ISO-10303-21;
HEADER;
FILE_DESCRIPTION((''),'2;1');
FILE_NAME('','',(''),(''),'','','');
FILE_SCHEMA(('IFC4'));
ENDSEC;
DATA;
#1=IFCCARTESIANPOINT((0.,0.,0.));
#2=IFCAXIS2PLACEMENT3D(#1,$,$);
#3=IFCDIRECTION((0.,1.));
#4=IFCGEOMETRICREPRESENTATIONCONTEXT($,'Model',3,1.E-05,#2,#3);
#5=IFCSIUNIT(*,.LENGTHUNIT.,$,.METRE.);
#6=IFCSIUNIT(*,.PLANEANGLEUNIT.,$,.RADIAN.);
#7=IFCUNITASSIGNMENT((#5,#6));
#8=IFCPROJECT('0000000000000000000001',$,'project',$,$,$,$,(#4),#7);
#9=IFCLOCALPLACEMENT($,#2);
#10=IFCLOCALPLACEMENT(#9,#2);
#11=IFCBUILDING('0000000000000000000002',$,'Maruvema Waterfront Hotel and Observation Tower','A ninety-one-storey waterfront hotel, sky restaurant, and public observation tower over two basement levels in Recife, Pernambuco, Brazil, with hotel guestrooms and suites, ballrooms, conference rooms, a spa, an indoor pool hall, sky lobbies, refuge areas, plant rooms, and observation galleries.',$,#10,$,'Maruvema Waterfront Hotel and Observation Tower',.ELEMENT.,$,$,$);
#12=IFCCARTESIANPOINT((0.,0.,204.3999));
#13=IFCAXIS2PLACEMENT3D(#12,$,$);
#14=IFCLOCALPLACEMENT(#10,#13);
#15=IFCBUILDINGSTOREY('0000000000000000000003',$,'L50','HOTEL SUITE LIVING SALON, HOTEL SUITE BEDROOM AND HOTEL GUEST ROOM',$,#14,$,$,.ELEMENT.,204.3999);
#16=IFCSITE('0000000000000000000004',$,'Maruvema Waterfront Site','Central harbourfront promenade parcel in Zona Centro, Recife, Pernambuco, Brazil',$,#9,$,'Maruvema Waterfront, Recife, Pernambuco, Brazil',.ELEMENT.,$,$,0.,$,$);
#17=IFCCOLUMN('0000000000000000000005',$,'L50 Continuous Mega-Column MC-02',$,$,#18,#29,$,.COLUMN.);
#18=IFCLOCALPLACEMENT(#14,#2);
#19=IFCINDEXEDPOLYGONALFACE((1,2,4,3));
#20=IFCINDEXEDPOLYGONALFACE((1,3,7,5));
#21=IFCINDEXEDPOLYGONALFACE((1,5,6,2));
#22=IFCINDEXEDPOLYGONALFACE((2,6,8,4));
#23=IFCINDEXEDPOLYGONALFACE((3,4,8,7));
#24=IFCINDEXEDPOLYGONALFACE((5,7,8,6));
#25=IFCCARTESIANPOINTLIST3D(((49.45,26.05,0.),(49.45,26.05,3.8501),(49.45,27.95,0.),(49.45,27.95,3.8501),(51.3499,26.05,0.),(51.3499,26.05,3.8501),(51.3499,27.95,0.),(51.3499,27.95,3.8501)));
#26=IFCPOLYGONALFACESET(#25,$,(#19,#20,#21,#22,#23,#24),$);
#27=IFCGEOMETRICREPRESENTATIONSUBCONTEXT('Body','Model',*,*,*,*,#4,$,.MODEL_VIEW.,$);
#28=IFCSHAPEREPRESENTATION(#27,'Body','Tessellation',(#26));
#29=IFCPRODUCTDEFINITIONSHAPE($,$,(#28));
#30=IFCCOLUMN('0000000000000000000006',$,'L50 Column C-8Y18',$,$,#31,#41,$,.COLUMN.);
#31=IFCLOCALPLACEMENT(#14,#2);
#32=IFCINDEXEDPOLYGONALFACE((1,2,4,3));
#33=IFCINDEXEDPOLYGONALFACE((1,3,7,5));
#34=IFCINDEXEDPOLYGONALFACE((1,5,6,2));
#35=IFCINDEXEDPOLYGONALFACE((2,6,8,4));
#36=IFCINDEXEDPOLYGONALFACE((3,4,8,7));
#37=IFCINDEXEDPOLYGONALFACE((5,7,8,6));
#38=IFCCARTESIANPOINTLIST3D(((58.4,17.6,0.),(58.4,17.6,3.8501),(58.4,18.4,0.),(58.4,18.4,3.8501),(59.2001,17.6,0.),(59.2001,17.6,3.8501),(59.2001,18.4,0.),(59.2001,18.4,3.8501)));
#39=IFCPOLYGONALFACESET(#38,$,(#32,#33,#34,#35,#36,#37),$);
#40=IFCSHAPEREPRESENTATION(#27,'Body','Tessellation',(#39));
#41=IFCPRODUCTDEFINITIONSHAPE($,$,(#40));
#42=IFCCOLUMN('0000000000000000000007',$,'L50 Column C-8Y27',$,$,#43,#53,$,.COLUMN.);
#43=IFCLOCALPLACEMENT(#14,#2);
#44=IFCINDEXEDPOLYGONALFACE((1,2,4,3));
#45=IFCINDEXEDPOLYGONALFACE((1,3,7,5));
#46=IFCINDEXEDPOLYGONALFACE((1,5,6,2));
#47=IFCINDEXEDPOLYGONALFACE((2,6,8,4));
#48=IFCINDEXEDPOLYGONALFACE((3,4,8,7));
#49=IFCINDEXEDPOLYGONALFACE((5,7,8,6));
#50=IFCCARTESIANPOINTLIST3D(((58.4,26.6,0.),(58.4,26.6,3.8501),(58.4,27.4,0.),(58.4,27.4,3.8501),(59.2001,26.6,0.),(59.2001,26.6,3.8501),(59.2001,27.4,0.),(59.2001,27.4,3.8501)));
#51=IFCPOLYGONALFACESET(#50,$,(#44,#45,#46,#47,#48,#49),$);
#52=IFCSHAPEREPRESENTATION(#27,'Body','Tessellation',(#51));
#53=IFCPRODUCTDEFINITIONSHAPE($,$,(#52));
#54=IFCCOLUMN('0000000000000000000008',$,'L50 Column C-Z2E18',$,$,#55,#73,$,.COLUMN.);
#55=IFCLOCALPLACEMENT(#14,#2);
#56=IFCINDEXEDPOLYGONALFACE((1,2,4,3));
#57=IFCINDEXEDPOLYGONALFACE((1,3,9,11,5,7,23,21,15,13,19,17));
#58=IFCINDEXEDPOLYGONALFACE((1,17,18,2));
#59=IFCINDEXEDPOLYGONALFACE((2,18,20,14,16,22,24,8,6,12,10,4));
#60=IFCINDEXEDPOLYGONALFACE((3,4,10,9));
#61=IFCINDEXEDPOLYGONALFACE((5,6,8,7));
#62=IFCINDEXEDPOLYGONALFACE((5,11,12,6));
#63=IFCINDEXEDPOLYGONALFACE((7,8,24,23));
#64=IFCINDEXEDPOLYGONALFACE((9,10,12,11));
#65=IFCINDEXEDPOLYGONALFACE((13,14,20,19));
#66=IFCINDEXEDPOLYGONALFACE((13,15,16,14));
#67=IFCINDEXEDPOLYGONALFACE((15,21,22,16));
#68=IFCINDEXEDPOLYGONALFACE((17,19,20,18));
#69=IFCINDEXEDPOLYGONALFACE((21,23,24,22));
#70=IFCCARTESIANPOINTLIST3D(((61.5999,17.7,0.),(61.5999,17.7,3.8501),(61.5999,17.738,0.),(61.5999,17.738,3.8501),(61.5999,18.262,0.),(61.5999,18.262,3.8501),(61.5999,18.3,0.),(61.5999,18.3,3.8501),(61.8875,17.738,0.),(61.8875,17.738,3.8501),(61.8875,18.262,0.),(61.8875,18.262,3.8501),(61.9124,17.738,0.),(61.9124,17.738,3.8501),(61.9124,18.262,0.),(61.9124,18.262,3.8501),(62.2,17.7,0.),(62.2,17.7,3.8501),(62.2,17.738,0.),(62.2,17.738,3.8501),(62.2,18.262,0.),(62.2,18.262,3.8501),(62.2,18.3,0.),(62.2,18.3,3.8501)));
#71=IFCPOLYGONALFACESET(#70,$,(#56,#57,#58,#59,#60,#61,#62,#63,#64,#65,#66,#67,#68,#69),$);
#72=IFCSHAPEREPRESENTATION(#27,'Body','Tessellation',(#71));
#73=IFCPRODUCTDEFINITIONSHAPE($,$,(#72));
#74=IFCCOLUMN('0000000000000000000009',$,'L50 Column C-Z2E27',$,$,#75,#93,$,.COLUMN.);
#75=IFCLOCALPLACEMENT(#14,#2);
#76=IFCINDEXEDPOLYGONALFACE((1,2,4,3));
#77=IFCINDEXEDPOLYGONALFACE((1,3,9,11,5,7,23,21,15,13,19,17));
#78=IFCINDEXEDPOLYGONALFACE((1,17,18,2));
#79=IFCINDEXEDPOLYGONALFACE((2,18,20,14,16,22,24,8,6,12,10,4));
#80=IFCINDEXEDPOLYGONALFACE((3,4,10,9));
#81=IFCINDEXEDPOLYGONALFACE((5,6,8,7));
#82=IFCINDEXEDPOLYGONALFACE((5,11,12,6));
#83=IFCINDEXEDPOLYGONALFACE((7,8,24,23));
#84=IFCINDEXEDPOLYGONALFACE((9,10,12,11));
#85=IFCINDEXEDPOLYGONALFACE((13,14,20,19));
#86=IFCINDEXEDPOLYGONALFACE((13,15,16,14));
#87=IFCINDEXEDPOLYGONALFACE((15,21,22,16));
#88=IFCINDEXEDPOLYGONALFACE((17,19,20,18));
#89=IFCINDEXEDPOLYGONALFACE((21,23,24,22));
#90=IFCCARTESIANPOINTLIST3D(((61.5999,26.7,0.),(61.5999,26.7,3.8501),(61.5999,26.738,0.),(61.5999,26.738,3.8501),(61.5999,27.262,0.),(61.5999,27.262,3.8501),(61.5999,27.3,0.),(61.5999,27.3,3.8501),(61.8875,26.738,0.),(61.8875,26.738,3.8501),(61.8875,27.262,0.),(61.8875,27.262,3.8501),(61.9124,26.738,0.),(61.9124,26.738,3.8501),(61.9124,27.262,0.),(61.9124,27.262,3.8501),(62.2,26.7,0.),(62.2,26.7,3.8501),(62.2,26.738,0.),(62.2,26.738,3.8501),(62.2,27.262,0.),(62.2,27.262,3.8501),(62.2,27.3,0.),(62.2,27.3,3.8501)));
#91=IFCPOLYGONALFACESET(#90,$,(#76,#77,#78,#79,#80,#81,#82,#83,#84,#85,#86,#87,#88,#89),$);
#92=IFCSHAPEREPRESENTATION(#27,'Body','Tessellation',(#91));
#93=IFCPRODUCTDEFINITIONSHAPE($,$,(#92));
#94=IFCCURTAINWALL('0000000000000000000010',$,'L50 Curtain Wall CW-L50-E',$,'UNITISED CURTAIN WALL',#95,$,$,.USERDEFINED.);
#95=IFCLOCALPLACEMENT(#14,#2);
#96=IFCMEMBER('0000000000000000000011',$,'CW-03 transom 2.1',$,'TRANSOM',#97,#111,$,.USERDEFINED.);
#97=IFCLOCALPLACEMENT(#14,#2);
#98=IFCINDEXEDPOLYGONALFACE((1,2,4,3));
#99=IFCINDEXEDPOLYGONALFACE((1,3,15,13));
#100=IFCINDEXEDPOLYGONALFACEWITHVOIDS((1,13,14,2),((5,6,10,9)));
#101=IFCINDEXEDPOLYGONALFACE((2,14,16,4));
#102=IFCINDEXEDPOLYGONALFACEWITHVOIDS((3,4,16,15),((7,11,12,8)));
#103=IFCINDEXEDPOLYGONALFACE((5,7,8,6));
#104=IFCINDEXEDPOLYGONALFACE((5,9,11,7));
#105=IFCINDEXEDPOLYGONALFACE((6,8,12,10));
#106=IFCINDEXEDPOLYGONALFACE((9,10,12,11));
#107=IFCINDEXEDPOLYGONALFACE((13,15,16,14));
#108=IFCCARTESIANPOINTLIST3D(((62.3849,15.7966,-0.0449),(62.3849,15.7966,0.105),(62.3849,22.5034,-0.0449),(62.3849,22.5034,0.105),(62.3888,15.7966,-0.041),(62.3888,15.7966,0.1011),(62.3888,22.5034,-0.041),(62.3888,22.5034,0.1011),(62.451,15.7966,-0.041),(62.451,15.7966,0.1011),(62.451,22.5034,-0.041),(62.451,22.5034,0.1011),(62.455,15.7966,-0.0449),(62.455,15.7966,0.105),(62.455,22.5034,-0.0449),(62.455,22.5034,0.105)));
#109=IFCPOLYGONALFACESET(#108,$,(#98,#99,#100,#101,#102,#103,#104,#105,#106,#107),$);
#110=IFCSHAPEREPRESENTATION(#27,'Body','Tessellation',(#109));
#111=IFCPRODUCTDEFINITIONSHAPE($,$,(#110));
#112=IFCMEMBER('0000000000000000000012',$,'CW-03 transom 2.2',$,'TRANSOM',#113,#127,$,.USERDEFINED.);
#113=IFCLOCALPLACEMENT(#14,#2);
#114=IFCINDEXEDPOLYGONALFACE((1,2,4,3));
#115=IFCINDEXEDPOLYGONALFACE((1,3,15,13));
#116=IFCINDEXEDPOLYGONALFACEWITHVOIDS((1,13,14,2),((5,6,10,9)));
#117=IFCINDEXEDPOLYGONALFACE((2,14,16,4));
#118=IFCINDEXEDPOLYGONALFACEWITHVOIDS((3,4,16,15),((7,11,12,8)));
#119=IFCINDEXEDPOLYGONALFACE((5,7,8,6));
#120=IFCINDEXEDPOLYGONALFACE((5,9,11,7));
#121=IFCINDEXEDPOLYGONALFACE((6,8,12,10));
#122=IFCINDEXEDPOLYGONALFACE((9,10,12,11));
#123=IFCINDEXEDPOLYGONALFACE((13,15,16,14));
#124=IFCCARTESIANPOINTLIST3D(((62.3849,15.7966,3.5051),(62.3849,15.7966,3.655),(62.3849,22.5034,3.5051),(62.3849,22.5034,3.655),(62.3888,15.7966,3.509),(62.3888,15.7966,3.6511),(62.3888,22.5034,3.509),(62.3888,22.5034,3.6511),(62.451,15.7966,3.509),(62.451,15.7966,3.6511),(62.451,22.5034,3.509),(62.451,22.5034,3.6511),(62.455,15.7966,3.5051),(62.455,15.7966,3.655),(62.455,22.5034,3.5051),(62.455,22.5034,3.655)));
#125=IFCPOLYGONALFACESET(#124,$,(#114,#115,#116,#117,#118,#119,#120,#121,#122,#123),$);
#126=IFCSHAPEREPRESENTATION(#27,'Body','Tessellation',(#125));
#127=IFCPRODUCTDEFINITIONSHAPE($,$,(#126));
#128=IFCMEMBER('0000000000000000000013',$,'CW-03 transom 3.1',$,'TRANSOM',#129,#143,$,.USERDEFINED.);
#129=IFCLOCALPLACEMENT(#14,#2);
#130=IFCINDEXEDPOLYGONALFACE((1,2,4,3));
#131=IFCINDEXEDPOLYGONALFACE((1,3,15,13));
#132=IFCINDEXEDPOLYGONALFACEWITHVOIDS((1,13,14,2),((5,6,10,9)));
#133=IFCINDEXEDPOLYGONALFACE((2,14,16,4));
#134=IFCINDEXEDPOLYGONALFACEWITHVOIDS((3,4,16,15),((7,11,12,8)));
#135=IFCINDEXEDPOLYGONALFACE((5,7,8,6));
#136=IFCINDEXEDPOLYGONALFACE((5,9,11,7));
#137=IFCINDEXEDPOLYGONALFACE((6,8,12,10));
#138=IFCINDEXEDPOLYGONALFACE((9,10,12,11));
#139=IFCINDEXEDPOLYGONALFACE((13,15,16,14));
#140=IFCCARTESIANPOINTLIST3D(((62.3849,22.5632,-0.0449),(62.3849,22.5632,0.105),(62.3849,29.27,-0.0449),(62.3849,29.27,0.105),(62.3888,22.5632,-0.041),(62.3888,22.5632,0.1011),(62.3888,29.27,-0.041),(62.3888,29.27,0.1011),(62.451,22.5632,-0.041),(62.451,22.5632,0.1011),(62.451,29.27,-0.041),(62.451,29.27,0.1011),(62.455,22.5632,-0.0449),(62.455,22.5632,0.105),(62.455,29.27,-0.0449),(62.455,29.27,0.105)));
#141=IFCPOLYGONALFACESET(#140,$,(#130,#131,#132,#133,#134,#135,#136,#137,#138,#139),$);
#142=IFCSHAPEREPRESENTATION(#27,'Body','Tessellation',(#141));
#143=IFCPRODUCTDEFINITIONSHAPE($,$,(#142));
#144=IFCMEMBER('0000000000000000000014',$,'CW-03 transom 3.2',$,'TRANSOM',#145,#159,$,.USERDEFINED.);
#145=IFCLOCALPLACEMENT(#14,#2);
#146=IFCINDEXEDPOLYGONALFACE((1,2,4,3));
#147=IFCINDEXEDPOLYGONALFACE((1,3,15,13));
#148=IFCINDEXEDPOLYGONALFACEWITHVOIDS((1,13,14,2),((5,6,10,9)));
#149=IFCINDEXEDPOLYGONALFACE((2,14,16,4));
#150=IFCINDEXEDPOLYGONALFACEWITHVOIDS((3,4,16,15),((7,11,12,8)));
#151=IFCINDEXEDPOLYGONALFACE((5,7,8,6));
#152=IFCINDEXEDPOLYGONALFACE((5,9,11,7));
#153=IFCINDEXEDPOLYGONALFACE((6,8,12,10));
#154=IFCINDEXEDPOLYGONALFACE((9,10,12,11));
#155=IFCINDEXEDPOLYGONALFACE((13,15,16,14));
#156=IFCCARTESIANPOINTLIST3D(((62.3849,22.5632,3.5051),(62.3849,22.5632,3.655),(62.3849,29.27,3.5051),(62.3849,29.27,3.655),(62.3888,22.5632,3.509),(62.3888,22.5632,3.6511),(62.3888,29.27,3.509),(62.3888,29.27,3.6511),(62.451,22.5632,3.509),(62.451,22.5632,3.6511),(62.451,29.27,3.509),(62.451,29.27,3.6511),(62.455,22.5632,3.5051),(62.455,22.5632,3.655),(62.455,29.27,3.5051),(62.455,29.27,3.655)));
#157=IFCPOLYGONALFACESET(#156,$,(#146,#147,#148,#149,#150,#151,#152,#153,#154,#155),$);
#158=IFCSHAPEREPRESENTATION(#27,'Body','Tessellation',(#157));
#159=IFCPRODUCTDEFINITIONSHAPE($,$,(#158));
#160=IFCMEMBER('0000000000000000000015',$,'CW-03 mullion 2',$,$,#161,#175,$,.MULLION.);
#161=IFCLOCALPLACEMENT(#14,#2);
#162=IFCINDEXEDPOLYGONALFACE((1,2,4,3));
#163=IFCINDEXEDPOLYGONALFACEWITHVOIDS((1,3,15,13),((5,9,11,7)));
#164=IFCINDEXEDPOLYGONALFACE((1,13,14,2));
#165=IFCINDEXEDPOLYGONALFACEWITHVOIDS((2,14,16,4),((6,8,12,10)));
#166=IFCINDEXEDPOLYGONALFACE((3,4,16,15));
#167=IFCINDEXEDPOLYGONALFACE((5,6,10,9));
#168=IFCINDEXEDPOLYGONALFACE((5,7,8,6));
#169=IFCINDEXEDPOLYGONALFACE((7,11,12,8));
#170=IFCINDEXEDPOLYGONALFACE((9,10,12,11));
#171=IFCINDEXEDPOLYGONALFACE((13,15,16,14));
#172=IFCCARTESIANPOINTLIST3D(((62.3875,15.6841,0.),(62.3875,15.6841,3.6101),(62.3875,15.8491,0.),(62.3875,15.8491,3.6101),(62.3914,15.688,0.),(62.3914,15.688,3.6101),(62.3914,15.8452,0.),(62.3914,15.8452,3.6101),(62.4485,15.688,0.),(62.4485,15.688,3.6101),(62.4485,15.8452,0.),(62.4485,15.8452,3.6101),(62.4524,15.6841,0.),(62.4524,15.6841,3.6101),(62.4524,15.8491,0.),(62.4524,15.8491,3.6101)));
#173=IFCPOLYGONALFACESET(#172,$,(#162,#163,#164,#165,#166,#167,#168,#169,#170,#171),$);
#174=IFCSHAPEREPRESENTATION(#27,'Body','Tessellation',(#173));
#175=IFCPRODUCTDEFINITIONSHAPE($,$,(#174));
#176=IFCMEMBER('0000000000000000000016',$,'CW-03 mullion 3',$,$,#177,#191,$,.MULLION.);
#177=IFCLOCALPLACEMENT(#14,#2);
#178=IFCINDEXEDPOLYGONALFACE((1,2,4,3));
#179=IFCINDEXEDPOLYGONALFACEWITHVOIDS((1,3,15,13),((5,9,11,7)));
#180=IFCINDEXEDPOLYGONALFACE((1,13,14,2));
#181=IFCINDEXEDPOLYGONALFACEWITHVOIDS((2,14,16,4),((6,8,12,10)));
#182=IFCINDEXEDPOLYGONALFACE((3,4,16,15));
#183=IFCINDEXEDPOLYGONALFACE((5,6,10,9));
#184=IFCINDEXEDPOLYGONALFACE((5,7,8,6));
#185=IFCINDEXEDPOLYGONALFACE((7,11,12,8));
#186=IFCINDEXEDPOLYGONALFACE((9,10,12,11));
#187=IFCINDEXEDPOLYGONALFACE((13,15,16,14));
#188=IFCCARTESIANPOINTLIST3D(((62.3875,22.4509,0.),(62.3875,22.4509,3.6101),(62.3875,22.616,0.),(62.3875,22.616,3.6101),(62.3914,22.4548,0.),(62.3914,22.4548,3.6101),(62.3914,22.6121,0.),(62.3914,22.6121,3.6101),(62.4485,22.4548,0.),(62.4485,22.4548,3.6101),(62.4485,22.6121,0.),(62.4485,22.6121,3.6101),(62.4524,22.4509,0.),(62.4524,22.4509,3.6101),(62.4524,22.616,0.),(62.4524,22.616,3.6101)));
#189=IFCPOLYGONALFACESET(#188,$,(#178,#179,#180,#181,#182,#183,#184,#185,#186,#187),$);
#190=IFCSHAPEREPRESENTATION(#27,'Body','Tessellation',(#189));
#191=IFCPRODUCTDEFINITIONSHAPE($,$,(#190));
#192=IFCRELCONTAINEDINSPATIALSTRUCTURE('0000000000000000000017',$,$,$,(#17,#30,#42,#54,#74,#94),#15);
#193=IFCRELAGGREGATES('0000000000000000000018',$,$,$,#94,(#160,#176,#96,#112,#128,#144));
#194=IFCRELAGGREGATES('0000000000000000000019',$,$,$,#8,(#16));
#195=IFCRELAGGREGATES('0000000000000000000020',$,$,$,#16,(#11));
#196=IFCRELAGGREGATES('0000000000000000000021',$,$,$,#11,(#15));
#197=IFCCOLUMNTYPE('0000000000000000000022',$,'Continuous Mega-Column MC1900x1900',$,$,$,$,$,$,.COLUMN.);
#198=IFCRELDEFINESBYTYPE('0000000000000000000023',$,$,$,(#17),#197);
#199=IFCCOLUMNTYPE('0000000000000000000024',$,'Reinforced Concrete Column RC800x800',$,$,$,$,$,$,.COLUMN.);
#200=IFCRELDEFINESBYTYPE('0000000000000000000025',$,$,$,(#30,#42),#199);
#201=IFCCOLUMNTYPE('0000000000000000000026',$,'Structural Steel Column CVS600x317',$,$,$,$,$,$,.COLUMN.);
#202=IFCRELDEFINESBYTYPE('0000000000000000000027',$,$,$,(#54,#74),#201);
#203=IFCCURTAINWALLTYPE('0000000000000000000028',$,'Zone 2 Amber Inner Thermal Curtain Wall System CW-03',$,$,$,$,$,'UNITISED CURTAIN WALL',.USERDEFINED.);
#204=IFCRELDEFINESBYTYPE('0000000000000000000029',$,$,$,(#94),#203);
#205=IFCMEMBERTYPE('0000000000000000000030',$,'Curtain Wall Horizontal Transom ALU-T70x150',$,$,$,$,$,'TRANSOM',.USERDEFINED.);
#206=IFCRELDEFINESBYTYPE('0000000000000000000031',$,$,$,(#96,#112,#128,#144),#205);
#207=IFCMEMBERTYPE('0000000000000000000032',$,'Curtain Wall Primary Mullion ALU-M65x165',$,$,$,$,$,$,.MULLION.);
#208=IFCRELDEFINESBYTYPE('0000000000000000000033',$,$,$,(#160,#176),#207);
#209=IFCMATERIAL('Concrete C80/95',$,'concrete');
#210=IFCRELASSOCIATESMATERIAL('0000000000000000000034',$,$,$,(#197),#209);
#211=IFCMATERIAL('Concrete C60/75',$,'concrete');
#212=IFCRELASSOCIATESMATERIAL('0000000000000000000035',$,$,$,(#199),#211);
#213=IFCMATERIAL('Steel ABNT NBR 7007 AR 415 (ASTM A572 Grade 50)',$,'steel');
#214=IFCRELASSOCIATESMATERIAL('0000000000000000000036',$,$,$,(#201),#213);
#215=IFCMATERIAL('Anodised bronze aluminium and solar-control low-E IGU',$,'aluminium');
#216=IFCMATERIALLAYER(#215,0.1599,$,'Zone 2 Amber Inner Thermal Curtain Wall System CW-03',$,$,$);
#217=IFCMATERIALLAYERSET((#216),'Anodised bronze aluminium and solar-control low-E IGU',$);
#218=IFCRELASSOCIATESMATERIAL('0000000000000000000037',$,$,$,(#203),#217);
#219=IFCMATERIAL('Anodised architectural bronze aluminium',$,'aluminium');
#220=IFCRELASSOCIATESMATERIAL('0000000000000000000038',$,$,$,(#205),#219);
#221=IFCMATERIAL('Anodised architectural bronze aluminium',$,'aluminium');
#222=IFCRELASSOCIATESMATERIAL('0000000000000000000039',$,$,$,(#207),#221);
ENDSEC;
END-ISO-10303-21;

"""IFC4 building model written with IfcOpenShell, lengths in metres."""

from ifc_helpers import new_model, si_unit, direction, frame, origin, origin_2d, place, context, subcontext, project, spatial, rectangle, hollow_rectangle, i_section, extrude, material, layer, layer_set, material_profile, profile_set, type_object, element, aggregate, save


model = new_model("IFC4")

# Units and contexts
model_context = context("Model", 3, precision=1e-05, world=origin(), true_north=direction((0.0, 1.0)))
body_context = subcontext(model_context, "Body", "Model", "MODEL_VIEW")
ifc_project = project(units=[si_unit("LENGTHUNIT", "METRE"), si_unit("PLANEANGLEUNIT", "RADIAN")], contexts=[model_context])

# Site, building, storey
site_placement = place(None, origin())
site = spatial("IfcSite", under=ifc_project, at=site_placement, Name="Maruvema Waterfront Site", Description="Central harbourfront promenade parcel in Zona Centro, Recife, Pernambuco, Brazil", LongName="Maruvema Waterfront, Recife, Pernambuco, Brazil", CompositionType="ELEMENT", RefElevation=0.0)
building_placement = place(site_placement, origin())
building = spatial("IfcBuilding", under=site, at=building_placement, Name="Maruvema Waterfront Hotel and Observation Tower", Description="A ninety-one-storey waterfront hotel, sky restaurant, and public observation tower over two basement levels in Recife, Pernambuco, Brazil, with hotel guestrooms and suites, ballrooms, conference rooms, a spa, an indoor pool hall, sky lobbies, refuge areas, plant rooms, and observation galleries.", LongName="Maruvema Waterfront Hotel and Observation Tower", CompositionType="ELEMENT")
storey_placement = place(building_placement, frame((0.0, 0.0, 204.3999)))
storey = spatial("IfcBuildingStorey", under=building, at=storey_placement, Name="L50", Description="HOTEL SUITE LIVING SALON, HOTEL SUITE BEDROOM AND HOTEL GUEST ROOM", CompositionType="ELEMENT", Elevation=204.3999)

# Columns
ifc_material_1 = material(Name="Concrete C80/95", Category="concrete")
ifc_material_profile_1 = material_profile(ifc_material_1, rectangle(XDim=1.8999, YDim=1.8999, at=origin_2d()), Name="MC1900x1900")
ifc_profile_set_1 = profile_set([ifc_material_profile_1], Name="Concrete C80/95")
column_type_1 = type_object("IfcColumnType", Name="Continuous Mega-Column MC1900x1900", PredefinedType="COLUMN", material=ifc_profile_set_1)
column_placement = place(storey_placement, frame((50.3999, 27.0, 0.0), z_axis=(0.0, 0.0, 1.0), x_axis=(1.0, 0.0, 0.0)))
element("IfcColumn", 1, at=column_placement, inside=storey, type_object=column_type_1, Name="L50 Continuous Mega-Column MC-02", PredefinedType="COLUMN", context=body_context, shape_type="SweptSolid", body=[
    extrude(rectangle(XDim=1.8999, YDim=1.8999, at=origin_2d()), origin(), (0.0, 0.0, 1.0), 3.8501),
])
ifc_material_2 = material(Name="Concrete C60/75", Category="concrete")
ifc_material_profile_2 = material_profile(ifc_material_2, rectangle(XDim=0.8, YDim=0.8, at=origin_2d()), Name="RC800x800")
ifc_profile_set_2 = profile_set([ifc_material_profile_2], Name="Concrete C60/75")
column_type_2 = type_object("IfcColumnType", Name="Reinforced Concrete Column RC800x800", PredefinedType="COLUMN", material=ifc_profile_set_2)
for number, where, z_axis, x_axis, name in (
    (2, (58.8, 18.0, 0.0), (0.0, 0.0, 1.0), (1.0, 0.0, 0.0), "L50 Column C-8Y18"),
    (3, (58.8, 27.0, 0.0), (0.0, 0.0, 1.0), (1.0, 0.0, 0.0), "L50 Column C-8Y27"),
):
    element("IfcColumn", number, at=place(storey_placement, frame(where, z_axis=z_axis, x_axis=x_axis)), inside=storey, type_object=column_type_2, Name=name, PredefinedType="COLUMN", context=body_context, shape_type="SweptSolid", body=[
        extrude(rectangle(XDim=0.8, YDim=0.8, at=origin_2d()), origin(), (0.0, 0.0, 1.0), 3.8501),
    ])
ifc_material_3 = material(Name="Steel ABNT NBR 7007 AR 415 (ASTM A572 Grade 50)", Category="steel")
ifc_material_profile_3 = material_profile(ifc_material_3, i_section(OverallWidth=0.6001, OverallDepth=0.6001, WebThickness=0.0249, FlangeThickness=0.0381, at=origin_2d()), Name="CVS600x317")
ifc_profile_set_3 = profile_set([ifc_material_profile_3], Name="Steel ABNT NBR 7007 AR 415 (ASTM A572 Grade 50)")
column_type_3 = type_object("IfcColumnType", Name="Structural Steel Column CVS600x317", PredefinedType="COLUMN", material=ifc_profile_set_3)
for number, where, z_axis, x_axis, name in (
    (4, (61.8999, 18.0, 0.0), (0.0, 0.0, 1.0), (1.0, 0.0, 0.0), "L50 Column C-Z2E18"),
    (5, (61.8999, 27.0, 0.0), (0.0, 0.0, 1.0), (1.0, 0.0, 0.0), "L50 Column C-Z2E27"),
):
    element("IfcColumn", number, at=place(storey_placement, frame(where, z_axis=z_axis, x_axis=x_axis)), inside=storey, type_object=column_type_3, Name=name, PredefinedType="COLUMN", context=body_context, shape_type="SweptSolid", body=[
        extrude(i_section(OverallWidth=0.6001, OverallDepth=0.6001, WebThickness=0.0249, FlangeThickness=0.0381, at=origin_2d()), origin(), (0.0, 0.0, 1.0), 3.8501),
    ])

# Curtain wall, members
ifc_material_4 = material(Name="Anodised bronze aluminium and solar-control low-E IGU", Category="aluminium")
ifc_layer_1 = layer(ifc_material_4, 0.1599, Name="Zone 2 Amber Inner Thermal Curtain Wall System CW-03")
ifc_layer_set_1 = layer_set([ifc_layer_1], Name="Anodised bronze aluminium and solar-control low-E IGU")
curtain_wall_type = type_object("IfcCurtainWallType", Name="Zone 2 Amber Inner Thermal Curtain Wall System CW-03", ElementType="UNITISED CURTAIN WALL", PredefinedType="USERDEFINED", material=ifc_layer_set_1)
curtain_wall_placement = place(storey_placement, origin())
curtain_wall = element("IfcCurtainWall", 6, at=curtain_wall_placement, inside=storey, type_object=curtain_wall_type, Name="L50 Curtain Wall CW-L50-E", ObjectType="UNITISED CURTAIN WALL", PredefinedType="USERDEFINED")
ifc_material_5 = material(Name="Anodised architectural bronze aluminium", Category="aluminium")
ifc_material_profile_4 = material_profile(ifc_material_5, hollow_rectangle(XDim=0.0701, YDim=0.1499, WallThickness=0.0039, at=origin_2d()), Name="ALU-T70x150")
ifc_profile_set_4 = profile_set([ifc_material_profile_4], Name="Anodised architectural bronze aluminium")
member_type_1 = type_object("IfcMemberType", Name="Curtain Wall Horizontal Transom ALU-T70x150", ElementType="TRANSOM", PredefinedType="USERDEFINED", material=ifc_profile_set_4)
member_1_placement = place(storey_placement, frame((62.4199, 15.7966, 0.03), z_axis=(0.0, 1.0, 0.0), x_axis=(-1.0, 0.0, 0.0)))
member_1 = element("IfcMember", 7, at=member_1_placement, type_object=member_type_1, Name="CW-03 transom 2.1", ObjectType="TRANSOM", PredefinedType="USERDEFINED", context=body_context, shape_type="SweptSolid", body=[
    extrude(hollow_rectangle(XDim=0.0701, YDim=0.1499, WallThickness=0.0039, at=origin_2d()), origin(), (0.0, 0.0, 1.0), 6.7068),
])
member_2_placement = place(storey_placement, frame((62.4199, 15.7966, 3.5801), z_axis=(0.0, 1.0, 0.0), x_axis=(-1.0, 0.0, 0.0)))
member_2 = element("IfcMember", 8, at=member_2_placement, type_object=member_type_1, Name="CW-03 transom 2.2", ObjectType="TRANSOM", PredefinedType="USERDEFINED", context=body_context, shape_type="SweptSolid", body=[
    extrude(hollow_rectangle(XDim=0.0701, YDim=0.1499, WallThickness=0.0039, at=origin_2d()), origin(), (0.0, 0.0, 1.0), 6.7068),
])
member_3_placement = place(storey_placement, frame((62.4199, 22.5632, 0.03), z_axis=(0.0, 1.0, 0.0), x_axis=(-1.0, 0.0, 0.0)))
member_3 = element("IfcMember", 9, at=member_3_placement, type_object=member_type_1, Name="CW-03 transom 3.1", ObjectType="TRANSOM", PredefinedType="USERDEFINED", context=body_context, shape_type="SweptSolid", body=[
    extrude(hollow_rectangle(XDim=0.0701, YDim=0.1499, WallThickness=0.0039, at=origin_2d()), origin(), (0.0, 0.0, 1.0), 6.7068),
])
member_4_placement = place(storey_placement, frame((62.4199, 22.5632, 3.5801), z_axis=(0.0, 1.0, 0.0), x_axis=(-1.0, 0.0, 0.0)))
member_4 = element("IfcMember", 10, at=member_4_placement, type_object=member_type_1, Name="CW-03 transom 3.2", ObjectType="TRANSOM", PredefinedType="USERDEFINED", context=body_context, shape_type="SweptSolid", body=[
    extrude(hollow_rectangle(XDim=0.0701, YDim=0.1499, WallThickness=0.0039, at=origin_2d()), origin(), (0.0, 0.0, 1.0), 6.7068),
])
ifc_material_6 = material(Name="Anodised architectural bronze aluminium", Category="aluminium")
ifc_material_profile_5 = material_profile(ifc_material_6, hollow_rectangle(XDim=0.0649, YDim=0.165, WallThickness=0.0039, at=origin_2d()), Name="ALU-M65x165")
ifc_profile_set_5 = profile_set([ifc_material_profile_5], Name="Anodised architectural bronze aluminium")
member_type_2 = type_object("IfcMemberType", Name="Curtain Wall Primary Mullion ALU-M65x165", PredefinedType="MULLION", material=ifc_profile_set_5)
member_5_placement = place(storey_placement, frame((62.4199, 15.7666, 0.0), z_axis=(0.0, 0.0, 1.0), x_axis=(-1.0, 0.0, 0.0)))
member_5 = element("IfcMember", 11, at=member_5_placement, type_object=member_type_2, Name="CW-03 mullion 2", PredefinedType="MULLION", context=body_context, shape_type="SweptSolid", body=[
    extrude(hollow_rectangle(XDim=0.0649, YDim=0.165, WallThickness=0.0039, at=origin_2d()), origin(), (0.0, 0.0, 1.0), 3.6101),
])
member_6_placement = place(storey_placement, frame((62.4199, 22.5334, 0.0), z_axis=(0.0, 0.0, 1.0), x_axis=(-1.0, 0.0, 0.0)))
member_6 = element("IfcMember", 12, at=member_6_placement, type_object=member_type_2, Name="CW-03 mullion 3", PredefinedType="MULLION", context=body_context, shape_type="SweptSolid", body=[
    extrude(hollow_rectangle(XDim=0.0649, YDim=0.165, WallThickness=0.0039, at=origin_2d()), origin(), (0.0, 0.0, 1.0), 3.6101),
])

aggregate(curtain_wall, [member_5, member_6, member_1, member_2, member_3, member_4])

save(model, "model.ifc")
